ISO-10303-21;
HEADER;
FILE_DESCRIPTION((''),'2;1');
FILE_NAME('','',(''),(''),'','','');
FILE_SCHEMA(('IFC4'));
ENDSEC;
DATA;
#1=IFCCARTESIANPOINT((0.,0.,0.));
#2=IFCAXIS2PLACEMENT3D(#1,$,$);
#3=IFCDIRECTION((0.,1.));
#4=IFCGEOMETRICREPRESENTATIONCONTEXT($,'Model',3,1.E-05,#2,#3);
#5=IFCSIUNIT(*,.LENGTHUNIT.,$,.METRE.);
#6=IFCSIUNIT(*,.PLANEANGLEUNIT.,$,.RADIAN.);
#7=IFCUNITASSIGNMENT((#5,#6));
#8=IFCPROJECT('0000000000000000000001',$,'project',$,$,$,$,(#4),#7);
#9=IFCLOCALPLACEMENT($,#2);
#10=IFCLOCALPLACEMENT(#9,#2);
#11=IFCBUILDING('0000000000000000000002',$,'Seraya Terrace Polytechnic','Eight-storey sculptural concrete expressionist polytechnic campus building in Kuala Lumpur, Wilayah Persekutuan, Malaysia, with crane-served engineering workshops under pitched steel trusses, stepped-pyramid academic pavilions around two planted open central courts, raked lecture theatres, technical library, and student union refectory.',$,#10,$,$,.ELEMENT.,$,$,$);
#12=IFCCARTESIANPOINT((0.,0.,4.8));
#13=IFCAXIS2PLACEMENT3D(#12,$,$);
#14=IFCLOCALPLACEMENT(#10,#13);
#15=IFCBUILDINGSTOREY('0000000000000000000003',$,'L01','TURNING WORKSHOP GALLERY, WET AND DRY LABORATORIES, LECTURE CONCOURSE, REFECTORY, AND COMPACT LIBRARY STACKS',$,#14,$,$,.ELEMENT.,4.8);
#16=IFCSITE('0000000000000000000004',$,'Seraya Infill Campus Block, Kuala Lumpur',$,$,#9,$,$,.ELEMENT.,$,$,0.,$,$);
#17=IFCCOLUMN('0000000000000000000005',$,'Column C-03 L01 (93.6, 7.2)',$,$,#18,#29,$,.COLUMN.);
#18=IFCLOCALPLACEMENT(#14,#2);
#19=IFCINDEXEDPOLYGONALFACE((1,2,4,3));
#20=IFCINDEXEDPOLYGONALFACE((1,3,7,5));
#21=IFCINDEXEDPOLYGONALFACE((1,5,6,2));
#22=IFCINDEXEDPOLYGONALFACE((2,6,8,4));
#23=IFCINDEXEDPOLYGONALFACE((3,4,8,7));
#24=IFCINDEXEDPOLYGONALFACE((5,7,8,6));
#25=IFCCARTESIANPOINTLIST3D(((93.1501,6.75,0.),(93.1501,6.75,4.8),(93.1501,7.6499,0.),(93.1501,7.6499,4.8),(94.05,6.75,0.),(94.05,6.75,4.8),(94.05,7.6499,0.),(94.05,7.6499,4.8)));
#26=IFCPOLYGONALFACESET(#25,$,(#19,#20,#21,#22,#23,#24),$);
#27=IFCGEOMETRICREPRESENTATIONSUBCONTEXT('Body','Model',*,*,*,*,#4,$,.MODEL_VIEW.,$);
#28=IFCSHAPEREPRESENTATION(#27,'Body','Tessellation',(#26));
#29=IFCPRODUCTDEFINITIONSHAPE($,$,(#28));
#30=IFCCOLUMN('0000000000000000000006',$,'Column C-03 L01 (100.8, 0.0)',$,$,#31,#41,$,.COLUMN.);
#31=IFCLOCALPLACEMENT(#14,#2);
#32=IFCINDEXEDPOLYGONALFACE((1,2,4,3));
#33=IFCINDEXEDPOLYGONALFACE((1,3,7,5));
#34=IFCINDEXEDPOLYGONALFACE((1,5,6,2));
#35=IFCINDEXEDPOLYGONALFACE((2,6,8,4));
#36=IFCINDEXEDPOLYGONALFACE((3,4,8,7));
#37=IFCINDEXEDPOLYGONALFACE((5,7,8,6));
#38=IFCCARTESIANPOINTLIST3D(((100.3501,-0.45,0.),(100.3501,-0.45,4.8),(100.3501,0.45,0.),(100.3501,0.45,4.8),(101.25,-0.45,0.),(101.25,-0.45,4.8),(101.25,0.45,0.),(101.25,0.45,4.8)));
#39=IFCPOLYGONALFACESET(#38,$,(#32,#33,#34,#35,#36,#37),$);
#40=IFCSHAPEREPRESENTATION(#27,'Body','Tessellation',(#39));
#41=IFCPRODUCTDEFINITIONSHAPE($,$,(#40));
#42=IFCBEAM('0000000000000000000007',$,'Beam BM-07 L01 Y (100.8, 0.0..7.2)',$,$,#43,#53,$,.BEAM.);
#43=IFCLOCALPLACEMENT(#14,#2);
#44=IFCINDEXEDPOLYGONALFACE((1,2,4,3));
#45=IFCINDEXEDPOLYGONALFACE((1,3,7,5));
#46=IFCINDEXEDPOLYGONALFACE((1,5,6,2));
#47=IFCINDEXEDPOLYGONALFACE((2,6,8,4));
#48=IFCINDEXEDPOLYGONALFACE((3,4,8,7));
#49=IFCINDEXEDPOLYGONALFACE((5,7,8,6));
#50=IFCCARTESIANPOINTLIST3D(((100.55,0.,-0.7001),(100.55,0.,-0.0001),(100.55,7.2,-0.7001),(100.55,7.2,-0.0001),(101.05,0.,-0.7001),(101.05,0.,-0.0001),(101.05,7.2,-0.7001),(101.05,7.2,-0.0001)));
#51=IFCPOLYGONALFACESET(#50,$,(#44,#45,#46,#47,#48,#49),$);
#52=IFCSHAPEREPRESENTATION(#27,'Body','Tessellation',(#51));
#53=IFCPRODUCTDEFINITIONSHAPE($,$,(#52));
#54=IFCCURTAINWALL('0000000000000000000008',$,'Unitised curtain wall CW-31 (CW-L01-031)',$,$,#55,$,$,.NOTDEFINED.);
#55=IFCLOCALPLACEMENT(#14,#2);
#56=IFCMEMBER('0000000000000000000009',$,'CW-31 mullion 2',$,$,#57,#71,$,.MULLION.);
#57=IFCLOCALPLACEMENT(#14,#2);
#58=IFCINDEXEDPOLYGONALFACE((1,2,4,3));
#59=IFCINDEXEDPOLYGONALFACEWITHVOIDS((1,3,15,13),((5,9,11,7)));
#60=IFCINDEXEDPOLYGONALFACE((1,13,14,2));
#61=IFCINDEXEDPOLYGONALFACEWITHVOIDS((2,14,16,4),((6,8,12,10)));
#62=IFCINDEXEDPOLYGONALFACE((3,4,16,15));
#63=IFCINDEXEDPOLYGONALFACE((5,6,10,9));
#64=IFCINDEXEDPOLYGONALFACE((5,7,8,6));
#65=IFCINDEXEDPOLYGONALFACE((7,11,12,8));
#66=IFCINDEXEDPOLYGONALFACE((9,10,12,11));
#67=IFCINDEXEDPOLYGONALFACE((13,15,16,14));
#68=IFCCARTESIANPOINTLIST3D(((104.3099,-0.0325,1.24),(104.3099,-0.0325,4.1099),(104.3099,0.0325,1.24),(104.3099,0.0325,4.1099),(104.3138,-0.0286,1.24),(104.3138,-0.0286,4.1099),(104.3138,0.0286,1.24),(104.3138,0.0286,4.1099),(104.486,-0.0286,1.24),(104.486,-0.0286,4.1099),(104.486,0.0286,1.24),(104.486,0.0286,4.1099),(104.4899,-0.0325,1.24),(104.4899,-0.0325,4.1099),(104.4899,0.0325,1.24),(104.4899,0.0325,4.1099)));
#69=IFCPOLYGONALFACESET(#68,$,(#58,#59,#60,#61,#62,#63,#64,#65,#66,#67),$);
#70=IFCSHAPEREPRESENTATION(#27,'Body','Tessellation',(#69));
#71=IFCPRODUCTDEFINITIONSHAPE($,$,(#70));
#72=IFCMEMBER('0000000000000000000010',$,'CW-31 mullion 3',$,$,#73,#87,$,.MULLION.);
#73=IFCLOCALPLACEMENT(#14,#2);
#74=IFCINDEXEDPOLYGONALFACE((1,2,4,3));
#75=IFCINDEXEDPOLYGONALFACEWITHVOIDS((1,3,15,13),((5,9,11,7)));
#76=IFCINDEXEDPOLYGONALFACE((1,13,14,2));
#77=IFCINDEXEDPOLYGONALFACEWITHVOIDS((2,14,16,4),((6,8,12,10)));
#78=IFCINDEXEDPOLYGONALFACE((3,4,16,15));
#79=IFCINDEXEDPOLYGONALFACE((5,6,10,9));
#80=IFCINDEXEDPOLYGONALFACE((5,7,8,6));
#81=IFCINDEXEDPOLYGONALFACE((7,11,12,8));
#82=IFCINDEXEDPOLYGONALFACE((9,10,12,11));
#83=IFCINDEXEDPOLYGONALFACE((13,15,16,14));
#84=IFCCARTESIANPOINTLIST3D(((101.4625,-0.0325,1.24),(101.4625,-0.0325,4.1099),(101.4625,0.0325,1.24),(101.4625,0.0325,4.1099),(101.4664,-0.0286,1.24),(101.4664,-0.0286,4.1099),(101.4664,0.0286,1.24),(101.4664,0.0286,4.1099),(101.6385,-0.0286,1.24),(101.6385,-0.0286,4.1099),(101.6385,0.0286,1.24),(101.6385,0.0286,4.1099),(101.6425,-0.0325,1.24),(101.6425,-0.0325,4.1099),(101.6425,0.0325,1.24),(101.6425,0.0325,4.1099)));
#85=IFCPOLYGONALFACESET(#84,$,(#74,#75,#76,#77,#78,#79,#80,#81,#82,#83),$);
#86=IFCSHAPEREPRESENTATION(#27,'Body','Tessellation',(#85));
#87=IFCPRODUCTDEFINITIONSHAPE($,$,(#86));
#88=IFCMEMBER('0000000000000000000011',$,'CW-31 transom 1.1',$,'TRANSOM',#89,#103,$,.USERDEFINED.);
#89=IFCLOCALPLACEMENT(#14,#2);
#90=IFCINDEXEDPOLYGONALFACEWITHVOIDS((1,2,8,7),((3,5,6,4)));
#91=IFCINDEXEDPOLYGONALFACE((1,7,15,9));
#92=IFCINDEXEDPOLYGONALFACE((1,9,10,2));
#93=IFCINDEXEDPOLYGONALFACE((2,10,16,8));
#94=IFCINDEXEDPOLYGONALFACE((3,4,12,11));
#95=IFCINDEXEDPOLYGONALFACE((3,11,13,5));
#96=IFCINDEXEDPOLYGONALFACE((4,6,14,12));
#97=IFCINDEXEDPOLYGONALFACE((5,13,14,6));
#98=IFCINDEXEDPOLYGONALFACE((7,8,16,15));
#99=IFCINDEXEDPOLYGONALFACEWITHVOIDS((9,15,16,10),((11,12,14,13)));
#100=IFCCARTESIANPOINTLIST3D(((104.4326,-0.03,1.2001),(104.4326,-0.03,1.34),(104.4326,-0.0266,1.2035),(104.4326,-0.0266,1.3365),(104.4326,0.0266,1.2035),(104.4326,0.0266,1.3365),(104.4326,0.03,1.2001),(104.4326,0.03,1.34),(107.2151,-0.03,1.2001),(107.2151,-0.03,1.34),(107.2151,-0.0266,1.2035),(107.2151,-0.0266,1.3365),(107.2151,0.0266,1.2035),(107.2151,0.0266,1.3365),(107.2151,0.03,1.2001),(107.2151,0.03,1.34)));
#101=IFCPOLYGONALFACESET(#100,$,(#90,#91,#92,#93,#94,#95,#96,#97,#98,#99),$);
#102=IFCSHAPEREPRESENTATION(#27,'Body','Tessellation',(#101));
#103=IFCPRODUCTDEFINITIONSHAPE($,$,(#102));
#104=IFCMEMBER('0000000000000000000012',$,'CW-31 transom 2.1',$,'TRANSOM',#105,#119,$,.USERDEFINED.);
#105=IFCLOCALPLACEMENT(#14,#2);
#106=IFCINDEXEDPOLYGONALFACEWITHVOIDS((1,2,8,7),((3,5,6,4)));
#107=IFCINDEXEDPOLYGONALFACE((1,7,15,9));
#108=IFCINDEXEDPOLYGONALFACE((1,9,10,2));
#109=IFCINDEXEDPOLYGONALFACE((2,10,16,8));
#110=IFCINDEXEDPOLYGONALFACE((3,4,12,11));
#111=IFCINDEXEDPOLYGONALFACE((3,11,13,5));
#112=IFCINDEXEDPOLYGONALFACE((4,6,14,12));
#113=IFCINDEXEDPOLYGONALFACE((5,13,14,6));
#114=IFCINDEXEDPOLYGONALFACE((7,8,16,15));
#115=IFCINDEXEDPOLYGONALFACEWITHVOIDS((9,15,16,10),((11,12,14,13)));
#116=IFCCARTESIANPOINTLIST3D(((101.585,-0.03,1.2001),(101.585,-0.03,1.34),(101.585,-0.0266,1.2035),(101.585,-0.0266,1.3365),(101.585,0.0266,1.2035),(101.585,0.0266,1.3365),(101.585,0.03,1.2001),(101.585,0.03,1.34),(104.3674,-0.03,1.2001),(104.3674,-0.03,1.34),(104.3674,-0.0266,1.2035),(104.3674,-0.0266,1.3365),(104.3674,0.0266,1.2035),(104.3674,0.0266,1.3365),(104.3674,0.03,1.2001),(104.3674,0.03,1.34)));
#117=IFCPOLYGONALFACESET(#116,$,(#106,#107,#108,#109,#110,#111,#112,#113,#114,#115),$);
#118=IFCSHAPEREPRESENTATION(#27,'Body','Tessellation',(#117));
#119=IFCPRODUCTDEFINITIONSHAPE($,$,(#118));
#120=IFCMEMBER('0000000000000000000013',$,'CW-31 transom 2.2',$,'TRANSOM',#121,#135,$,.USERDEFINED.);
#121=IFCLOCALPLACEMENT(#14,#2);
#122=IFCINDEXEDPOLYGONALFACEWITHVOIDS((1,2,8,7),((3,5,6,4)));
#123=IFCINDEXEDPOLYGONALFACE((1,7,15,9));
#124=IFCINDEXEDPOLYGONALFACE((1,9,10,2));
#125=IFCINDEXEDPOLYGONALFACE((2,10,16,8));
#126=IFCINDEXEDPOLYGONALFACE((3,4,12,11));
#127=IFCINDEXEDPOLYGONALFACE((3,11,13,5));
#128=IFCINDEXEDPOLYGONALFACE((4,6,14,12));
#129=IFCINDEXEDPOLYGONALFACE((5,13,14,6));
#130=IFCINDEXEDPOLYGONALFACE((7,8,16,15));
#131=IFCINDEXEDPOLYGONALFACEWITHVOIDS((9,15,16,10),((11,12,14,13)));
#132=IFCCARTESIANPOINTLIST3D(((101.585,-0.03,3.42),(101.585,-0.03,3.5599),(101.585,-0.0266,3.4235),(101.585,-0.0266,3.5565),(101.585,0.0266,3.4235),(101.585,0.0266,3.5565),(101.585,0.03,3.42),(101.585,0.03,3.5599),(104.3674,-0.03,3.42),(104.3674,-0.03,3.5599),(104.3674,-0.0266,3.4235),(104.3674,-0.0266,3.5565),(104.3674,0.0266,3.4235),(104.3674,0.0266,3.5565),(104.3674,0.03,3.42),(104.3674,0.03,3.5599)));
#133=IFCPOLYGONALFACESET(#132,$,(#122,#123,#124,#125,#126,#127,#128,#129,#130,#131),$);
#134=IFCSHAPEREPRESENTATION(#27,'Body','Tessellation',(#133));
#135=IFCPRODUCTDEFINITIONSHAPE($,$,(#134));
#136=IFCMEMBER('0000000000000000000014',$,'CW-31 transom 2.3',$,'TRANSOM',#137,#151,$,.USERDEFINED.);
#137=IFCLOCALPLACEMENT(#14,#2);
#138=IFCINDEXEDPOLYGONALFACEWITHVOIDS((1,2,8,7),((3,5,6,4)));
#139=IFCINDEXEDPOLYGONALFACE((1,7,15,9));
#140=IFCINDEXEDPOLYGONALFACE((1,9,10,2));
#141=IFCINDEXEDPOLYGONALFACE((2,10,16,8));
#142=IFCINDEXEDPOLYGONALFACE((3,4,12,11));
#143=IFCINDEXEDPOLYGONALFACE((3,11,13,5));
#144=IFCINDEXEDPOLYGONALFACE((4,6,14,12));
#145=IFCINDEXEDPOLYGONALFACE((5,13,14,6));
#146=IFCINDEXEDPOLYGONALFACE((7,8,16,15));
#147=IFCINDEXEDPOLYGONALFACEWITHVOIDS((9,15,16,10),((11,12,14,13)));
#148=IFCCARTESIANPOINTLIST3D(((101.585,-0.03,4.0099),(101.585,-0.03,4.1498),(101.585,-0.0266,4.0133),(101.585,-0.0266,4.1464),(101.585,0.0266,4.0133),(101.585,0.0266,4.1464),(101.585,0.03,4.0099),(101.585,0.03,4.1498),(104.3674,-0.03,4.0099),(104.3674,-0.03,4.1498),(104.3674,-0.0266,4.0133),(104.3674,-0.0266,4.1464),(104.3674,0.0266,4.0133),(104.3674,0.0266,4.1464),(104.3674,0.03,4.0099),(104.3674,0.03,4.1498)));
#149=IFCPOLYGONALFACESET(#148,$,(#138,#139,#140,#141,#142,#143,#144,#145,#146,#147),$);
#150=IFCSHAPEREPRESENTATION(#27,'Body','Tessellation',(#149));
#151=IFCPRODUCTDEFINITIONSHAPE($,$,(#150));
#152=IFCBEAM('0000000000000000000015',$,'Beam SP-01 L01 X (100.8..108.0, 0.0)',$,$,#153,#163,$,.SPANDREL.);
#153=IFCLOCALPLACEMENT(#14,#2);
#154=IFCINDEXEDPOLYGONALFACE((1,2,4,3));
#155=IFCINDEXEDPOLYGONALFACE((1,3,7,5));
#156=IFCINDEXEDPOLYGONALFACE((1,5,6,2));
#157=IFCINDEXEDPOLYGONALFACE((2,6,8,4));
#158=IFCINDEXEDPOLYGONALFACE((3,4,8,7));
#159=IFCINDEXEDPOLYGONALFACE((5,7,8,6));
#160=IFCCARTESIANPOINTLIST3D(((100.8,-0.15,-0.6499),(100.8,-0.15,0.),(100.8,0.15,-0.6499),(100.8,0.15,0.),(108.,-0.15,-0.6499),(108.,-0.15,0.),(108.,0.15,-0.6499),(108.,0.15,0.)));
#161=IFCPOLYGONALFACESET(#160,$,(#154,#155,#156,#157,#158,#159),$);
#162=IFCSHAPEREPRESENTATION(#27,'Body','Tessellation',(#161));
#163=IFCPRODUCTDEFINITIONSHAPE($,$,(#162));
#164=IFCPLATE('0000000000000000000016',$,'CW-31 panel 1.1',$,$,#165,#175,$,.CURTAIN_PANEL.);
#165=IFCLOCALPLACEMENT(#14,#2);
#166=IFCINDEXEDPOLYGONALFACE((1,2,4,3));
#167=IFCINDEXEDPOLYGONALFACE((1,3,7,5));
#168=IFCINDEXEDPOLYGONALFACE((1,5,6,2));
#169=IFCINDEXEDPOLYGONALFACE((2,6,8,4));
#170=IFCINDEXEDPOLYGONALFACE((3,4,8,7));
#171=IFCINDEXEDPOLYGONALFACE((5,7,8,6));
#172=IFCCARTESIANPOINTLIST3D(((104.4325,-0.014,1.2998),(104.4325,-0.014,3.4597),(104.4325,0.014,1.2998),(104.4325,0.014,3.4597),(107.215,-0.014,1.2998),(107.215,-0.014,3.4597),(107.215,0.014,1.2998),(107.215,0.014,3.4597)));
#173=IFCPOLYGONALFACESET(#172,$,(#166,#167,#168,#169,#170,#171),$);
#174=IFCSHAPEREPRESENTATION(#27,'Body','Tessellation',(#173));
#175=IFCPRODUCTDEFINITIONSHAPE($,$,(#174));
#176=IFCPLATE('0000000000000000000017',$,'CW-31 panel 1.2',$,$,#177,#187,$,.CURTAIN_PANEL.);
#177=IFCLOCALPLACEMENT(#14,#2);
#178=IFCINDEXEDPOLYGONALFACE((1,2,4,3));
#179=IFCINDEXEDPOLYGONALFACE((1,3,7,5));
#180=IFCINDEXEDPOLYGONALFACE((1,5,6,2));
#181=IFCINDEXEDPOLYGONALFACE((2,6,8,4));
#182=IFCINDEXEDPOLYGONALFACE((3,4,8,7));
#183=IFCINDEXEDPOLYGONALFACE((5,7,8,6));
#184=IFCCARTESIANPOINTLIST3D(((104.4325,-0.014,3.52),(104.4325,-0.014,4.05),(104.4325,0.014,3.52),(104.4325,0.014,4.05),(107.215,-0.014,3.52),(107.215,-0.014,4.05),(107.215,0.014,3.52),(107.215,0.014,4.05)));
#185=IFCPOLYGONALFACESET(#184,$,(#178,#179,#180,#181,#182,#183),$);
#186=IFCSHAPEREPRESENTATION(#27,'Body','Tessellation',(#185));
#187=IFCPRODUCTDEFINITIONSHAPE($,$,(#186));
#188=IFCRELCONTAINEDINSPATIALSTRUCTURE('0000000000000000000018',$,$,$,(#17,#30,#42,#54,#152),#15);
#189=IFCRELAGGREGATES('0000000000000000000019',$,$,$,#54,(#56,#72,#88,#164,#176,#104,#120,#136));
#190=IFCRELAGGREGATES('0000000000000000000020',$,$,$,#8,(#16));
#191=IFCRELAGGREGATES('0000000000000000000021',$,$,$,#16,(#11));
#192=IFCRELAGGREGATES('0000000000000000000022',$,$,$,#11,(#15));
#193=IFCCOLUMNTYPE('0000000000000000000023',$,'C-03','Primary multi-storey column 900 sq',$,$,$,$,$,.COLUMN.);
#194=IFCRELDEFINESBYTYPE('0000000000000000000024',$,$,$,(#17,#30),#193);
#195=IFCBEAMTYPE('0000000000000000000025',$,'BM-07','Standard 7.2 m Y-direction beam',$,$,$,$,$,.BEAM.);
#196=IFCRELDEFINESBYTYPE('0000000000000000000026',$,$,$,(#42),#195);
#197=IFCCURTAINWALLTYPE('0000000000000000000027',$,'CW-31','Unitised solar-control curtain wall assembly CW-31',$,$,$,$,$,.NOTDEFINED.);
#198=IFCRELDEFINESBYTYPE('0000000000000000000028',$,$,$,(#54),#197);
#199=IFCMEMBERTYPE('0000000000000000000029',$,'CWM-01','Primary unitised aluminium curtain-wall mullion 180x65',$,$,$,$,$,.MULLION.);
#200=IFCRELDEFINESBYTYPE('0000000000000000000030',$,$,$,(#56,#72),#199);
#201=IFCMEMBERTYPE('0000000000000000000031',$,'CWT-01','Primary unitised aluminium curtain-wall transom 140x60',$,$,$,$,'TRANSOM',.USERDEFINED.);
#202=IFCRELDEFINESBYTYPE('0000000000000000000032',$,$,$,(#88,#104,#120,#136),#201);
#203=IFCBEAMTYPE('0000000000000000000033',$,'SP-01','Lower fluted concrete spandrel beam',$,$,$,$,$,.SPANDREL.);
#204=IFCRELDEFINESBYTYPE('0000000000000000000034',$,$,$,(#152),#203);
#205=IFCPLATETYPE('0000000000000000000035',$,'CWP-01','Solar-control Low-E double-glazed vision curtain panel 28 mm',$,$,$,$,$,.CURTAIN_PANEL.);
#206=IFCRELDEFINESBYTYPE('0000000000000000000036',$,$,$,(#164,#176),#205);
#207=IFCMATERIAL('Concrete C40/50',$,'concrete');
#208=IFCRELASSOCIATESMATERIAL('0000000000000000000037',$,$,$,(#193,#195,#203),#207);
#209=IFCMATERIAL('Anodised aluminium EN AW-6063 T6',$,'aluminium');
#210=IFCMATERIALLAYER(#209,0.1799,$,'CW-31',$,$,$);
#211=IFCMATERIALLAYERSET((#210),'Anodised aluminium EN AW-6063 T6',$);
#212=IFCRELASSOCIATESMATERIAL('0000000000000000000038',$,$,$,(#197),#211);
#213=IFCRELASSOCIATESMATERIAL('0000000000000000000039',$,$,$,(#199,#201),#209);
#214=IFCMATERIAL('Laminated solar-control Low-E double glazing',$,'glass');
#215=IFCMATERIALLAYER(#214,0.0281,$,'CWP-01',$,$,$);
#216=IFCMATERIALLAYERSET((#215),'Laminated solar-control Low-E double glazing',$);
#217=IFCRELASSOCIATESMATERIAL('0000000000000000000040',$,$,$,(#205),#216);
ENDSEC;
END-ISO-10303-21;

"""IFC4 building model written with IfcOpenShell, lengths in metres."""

from ifc_helpers import new_model, si_unit, direction, frame, origin, origin_2d, place, context, subcontext, project, spatial, rectangle, hollow_rectangle, extrude, material, layer, layer_set, material_profile, profile_set, type_object, element, aggregate, save


model = new_model("IFC4")

# Units and contexts
model_context = context("Model", 3, precision=1e-05, world=origin(), true_north=direction((0.0, 1.0)))
body_context = subcontext(model_context, "Body", "Model", "MODEL_VIEW")
ifc_project = project(units=[si_unit("LENGTHUNIT", "METRE"), si_unit("PLANEANGLEUNIT", "RADIAN")], contexts=[model_context])

# Site, building, storey
site_placement = place(None, origin())
site = spatial("IfcSite", under=ifc_project, at=site_placement, Name="Seraya Infill Campus Block, Kuala Lumpur", CompositionType="ELEMENT", RefElevation=0.0)
building_placement = place(site_placement, origin())
building = spatial("IfcBuilding", under=site, at=building_placement, Name="Seraya Terrace Polytechnic", Description="Eight-storey sculptural concrete expressionist polytechnic campus building in Kuala Lumpur, Wilayah Persekutuan, Malaysia, with crane-served engineering workshops under pitched steel trusses, stepped-pyramid academic pavilions around two planted open central courts, raked lecture theatres, technical library, and student union refectory.", CompositionType="ELEMENT")
storey_placement = place(building_placement, frame((0.0, 0.0, 4.8)))
storey = spatial("IfcBuildingStorey", under=building, at=storey_placement, Name="L01", Description="TURNING WORKSHOP GALLERY, WET AND DRY LABORATORIES, LECTURE CONCOURSE, REFECTORY, AND COMPACT LIBRARY STACKS", CompositionType="ELEMENT", Elevation=4.8)

# Columns
ifc_material_1 = material(Name="Concrete C40/50", Category="concrete")
ifc_material_profile_1 = material_profile(ifc_material_1, rectangle(XDim=0.8999, YDim=0.8999, at=origin_2d()), Name="RC 900x900")
ifc_profile_set_1 = profile_set([ifc_material_profile_1], Name="Concrete C40/50")
column_type = type_object("IfcColumnType", Name="C-03", Description="Primary multi-storey column 900 sq", PredefinedType="COLUMN", material=ifc_profile_set_1)
for number, where, z_axis, x_axis, name in (
    (1, (93.6001, 7.2, 0.0), (0.0, 0.0, 1.0), (1.0, 0.0, 0.0), "Column C-03 L01 (93.6, 7.2)"),
    (2, (100.8, 0.0, 0.0), (0.0, 0.0, 1.0), (1.0, 0.0, 0.0), "Column C-03 L01 (100.8, 0.0)"),
):
    element("IfcColumn", number, at=place(storey_placement, frame(where, z_axis=z_axis, x_axis=x_axis)), inside=storey, type_object=column_type, Name=name, PredefinedType="COLUMN", context=body_context, shape_type="SweptSolid", body=[
        extrude(rectangle(XDim=0.8999, YDim=0.8999, at=origin_2d()), origin(), (0.0, 0.0, 1.0), 4.8),
    ])

# Beam
ifc_material_profile_2 = material_profile(ifc_material_1, rectangle(XDim=0.5, YDim=0.7, at=origin_2d()), Name="RC 500x700")
ifc_profile_set_2 = profile_set([ifc_material_profile_2], Name="Concrete C40/50")
beam_type_1 = type_object("IfcBeamType", Name="BM-07", Description="Standard 7.2 m Y-direction beam", PredefinedType="BEAM", material=ifc_profile_set_2)
beam_1_placement = place(storey_placement, frame((100.8, 0.0, -0.3501), z_axis=(0.0, 1.0, 0.0), x_axis=(-1.0, 0.0, 0.0)))
element("IfcBeam", 3, at=beam_1_placement, inside=storey, type_object=beam_type_1, Name="Beam BM-07 L01 Y (100.8, 0.0..7.2)", PredefinedType="BEAM", context=body_context, shape_type="SweptSolid", body=[
    extrude(rectangle(XDim=0.5, YDim=0.7, at=origin_2d()), origin(), (0.0, 0.0, 1.0), 7.2),
])

# Curtain wall, members
ifc_material_2 = material(Name="Anodised aluminium EN AW-6063 T6", Category="aluminium")
ifc_layer_1 = layer(ifc_material_2, 0.1799, Name="CW-31")
ifc_layer_set_1 = layer_set([ifc_layer_1], Name="Anodised aluminium EN AW-6063 T6")
curtain_wall_type = type_object("IfcCurtainWallType", Name="CW-31", Description="Unitised solar-control curtain wall assembly CW-31", PredefinedType="NOTDEFINED", material=ifc_layer_set_1)
curtain_wall_placement = place(storey_placement, origin())
curtain_wall = element("IfcCurtainWall", 4, at=curtain_wall_placement, inside=storey, type_object=curtain_wall_type, Name="Unitised curtain wall CW-31 (CW-L01-031)", PredefinedType="NOTDEFINED")
ifc_material_profile_3 = material_profile(ifc_material_2, hollow_rectangle(XDim=0.0649, YDim=0.1799, WallThickness=0.0039, at=origin_2d()), Name="RHS 180x65x4.0")
ifc_profile_set_3 = profile_set([ifc_material_profile_3], Name="Anodised aluminium EN AW-6063 T6")
member_type_1 = type_object("IfcMemberType", Name="CWM-01", Description="Primary unitised aluminium curtain-wall mullion 180x65", PredefinedType="MULLION", material=ifc_profile_set_3)
member_1_placement = place(storey_placement, frame((104.3999, 0.0, 1.24), z_axis=(0.0, 0.0, 1.0), x_axis=(0.0, -1.0, 0.0)))
member_1 = element("IfcMember", 5, at=member_1_placement, type_object=member_type_1, Name="CW-31 mullion 2", PredefinedType="MULLION", context=body_context, shape_type="SweptSolid", body=[
    extrude(hollow_rectangle(XDim=0.0649, YDim=0.1799, WallThickness=0.0039, at=origin_2d()), origin(), (0.0, 0.0, 1.0), 2.8699),
])
member_2_placement = place(storey_placement, frame((101.5525, 0.0, 1.24), z_axis=(0.0, 0.0, 1.0), x_axis=(0.0, -1.0, 0.0)))
member_2 = element("IfcMember", 6, at=member_2_placement, type_object=member_type_1, Name="CW-31 mullion 3", PredefinedType="MULLION", context=body_context, shape_type="SweptSolid", body=[
    extrude(hollow_rectangle(XDim=0.0649, YDim=0.1799, WallThickness=0.0039, at=origin_2d()), origin(), (0.0, 0.0, 1.0), 2.8699),
])
ifc_material_profile_4 = material_profile(ifc_material_2, hollow_rectangle(XDim=0.0601, YDim=0.1399, WallThickness=0.0034, at=origin_2d()), Name="RHS 140x60x3.5")
ifc_profile_set_4 = profile_set([ifc_material_profile_4], Name="Anodised aluminium EN AW-6063 T6")
member_type_2 = type_object("IfcMemberType", Name="CWT-01", Description="Primary unitised aluminium curtain-wall transom 140x60", ElementType="TRANSOM", PredefinedType="USERDEFINED", material=ifc_profile_set_4)
member_3_placement = place(storey_placement, frame((107.2151, 0.0, 1.27), z_axis=(-1.0, 0.0, 0.0), x_axis=(0.0, -1.0, 0.0)))
member_3 = element("IfcMember", 7, at=member_3_placement, type_object=member_type_2, Name="CW-31 transom 1.1", ObjectType="TRANSOM", PredefinedType="USERDEFINED", context=body_context, shape_type="SweptSolid", body=[
    extrude(hollow_rectangle(XDim=0.0601, YDim=0.1399, WallThickness=0.0034, at=origin_2d()), origin(), (0.0, 0.0, 1.0), 2.7825),
])
member_4_placement = place(storey_placement, frame((104.3674, 0.0, 1.27), z_axis=(-1.0, 0.0, 0.0), x_axis=(0.0, -1.0, 0.0)))
member_4 = element("IfcMember", 8, at=member_4_placement, type_object=member_type_2, Name="CW-31 transom 2.1", ObjectType="TRANSOM", PredefinedType="USERDEFINED", context=body_context, shape_type="SweptSolid", body=[
    extrude(hollow_rectangle(XDim=0.0601, YDim=0.1399, WallThickness=0.0034, at=origin_2d()), origin(), (0.0, 0.0, 1.0), 2.7825),
])
member_5_placement = place(storey_placement, frame((104.3674, 0.0, 3.49), z_axis=(-1.0, 0.0, 0.0), x_axis=(0.0, -1.0, 0.0)))
member_5 = element("IfcMember", 9, at=member_5_placement, type_object=member_type_2, Name="CW-31 transom 2.2", ObjectType="TRANSOM", PredefinedType="USERDEFINED", context=body_context, shape_type="SweptSolid", body=[
    extrude(hollow_rectangle(XDim=0.0601, YDim=0.1399, WallThickness=0.0034, at=origin_2d()), origin(), (0.0, 0.0, 1.0), 2.7825),
])
member_6_placement = place(storey_placement, frame((104.3674, 0.0, 4.0798), z_axis=(-1.0, 0.0, 0.0), x_axis=(0.0, -1.0, 0.0)))
member_6 = element("IfcMember", 10, at=member_6_placement, type_object=member_type_2, Name="CW-31 transom 2.3", ObjectType="TRANSOM", PredefinedType="USERDEFINED", context=body_context, shape_type="SweptSolid", body=[
    extrude(hollow_rectangle(XDim=0.0601, YDim=0.1399, WallThickness=0.0034, at=origin_2d()), origin(), (0.0, 0.0, 1.0), 2.7825),
])

# Beam
ifc_material_profile_5 = material_profile(ifc_material_1, rectangle(XDim=0.3, YDim=0.6499, at=origin_2d()), Name="RC 300x650")
ifc_profile_set_5 = profile_set([ifc_material_profile_5], Name="Concrete C40/50")
beam_type_2 = type_object("IfcBeamType", Name="SP-01", Description="Lower fluted concrete spandrel beam", PredefinedType="SPANDREL", material=ifc_profile_set_5)
beam_2_placement = place(storey_placement, frame((100.8, 0.0, -0.325), z_axis=(1.0, 0.0, 0.0), x_axis=(0.0, 1.0, 0.0)))
element("IfcBeam", 11, at=beam_2_placement, inside=storey, type_object=beam_type_2, Name="Beam SP-01 L01 X (100.8..108.0, 0.0)", PredefinedType="SPANDREL", context=body_context, shape_type="SweptSolid", body=[
    extrude(rectangle(XDim=0.3, YDim=0.6499, at=origin_2d()), origin(), (0.0, 0.0, 1.0), 7.2),
])

# Plates
ifc_material_3 = material(Name="Laminated solar-control Low-E double glazing", Category="glass")
ifc_layer_2 = layer(ifc_material_3, 0.0281, Name="CWP-01")
ifc_layer_set_2 = layer_set([ifc_layer_2], Name="Laminated solar-control Low-E double glazing")
plate_type = type_object("IfcPlateType", Name="CWP-01", Description="Solar-control Low-E double-glazed vision curtain panel 28 mm", PredefinedType="CURTAIN_PANEL", material=ifc_layer_set_2)
plate_1_placement = place(storey_placement, frame((105.8237, 0.0, 1.2998), z_axis=(0.0, 0.0, 1.0), x_axis=(-1.0, 0.0, 0.0)))
plate_1 = element("IfcPlate", 12, at=plate_1_placement, type_object=plate_type, Name="CW-31 panel 1.1", PredefinedType="CURTAIN_PANEL", context=body_context, shape_type="SweptSolid", body=[
    extrude(rectangle(XDim=2.7825, YDim=0.0281, at=origin_2d()), origin(), (0.0, 0.0, 1.0), 2.1599),
])
plate_2_placement = place(storey_placement, frame((105.8237, 0.0, 3.52), z_axis=(0.0, 0.0, 1.0), x_axis=(-1.0, 0.0, 0.0)))
plate_2 = element("IfcPlate", 13, at=plate_2_placement, type_object=plate_type, Name="CW-31 panel 1.2", PredefinedType="CURTAIN_PANEL", context=body_context, shape_type="SweptSolid", body=[
    extrude(rectangle(XDim=2.7825, YDim=0.0281, at=origin_2d()), origin(), (0.0, 0.0, 1.0), 0.53),
])
aggregate(curtain_wall, [member_1, member_2, member_3, plate_1, plate_2, member_4, member_5, member_6])

save(model, "model.ifc")
